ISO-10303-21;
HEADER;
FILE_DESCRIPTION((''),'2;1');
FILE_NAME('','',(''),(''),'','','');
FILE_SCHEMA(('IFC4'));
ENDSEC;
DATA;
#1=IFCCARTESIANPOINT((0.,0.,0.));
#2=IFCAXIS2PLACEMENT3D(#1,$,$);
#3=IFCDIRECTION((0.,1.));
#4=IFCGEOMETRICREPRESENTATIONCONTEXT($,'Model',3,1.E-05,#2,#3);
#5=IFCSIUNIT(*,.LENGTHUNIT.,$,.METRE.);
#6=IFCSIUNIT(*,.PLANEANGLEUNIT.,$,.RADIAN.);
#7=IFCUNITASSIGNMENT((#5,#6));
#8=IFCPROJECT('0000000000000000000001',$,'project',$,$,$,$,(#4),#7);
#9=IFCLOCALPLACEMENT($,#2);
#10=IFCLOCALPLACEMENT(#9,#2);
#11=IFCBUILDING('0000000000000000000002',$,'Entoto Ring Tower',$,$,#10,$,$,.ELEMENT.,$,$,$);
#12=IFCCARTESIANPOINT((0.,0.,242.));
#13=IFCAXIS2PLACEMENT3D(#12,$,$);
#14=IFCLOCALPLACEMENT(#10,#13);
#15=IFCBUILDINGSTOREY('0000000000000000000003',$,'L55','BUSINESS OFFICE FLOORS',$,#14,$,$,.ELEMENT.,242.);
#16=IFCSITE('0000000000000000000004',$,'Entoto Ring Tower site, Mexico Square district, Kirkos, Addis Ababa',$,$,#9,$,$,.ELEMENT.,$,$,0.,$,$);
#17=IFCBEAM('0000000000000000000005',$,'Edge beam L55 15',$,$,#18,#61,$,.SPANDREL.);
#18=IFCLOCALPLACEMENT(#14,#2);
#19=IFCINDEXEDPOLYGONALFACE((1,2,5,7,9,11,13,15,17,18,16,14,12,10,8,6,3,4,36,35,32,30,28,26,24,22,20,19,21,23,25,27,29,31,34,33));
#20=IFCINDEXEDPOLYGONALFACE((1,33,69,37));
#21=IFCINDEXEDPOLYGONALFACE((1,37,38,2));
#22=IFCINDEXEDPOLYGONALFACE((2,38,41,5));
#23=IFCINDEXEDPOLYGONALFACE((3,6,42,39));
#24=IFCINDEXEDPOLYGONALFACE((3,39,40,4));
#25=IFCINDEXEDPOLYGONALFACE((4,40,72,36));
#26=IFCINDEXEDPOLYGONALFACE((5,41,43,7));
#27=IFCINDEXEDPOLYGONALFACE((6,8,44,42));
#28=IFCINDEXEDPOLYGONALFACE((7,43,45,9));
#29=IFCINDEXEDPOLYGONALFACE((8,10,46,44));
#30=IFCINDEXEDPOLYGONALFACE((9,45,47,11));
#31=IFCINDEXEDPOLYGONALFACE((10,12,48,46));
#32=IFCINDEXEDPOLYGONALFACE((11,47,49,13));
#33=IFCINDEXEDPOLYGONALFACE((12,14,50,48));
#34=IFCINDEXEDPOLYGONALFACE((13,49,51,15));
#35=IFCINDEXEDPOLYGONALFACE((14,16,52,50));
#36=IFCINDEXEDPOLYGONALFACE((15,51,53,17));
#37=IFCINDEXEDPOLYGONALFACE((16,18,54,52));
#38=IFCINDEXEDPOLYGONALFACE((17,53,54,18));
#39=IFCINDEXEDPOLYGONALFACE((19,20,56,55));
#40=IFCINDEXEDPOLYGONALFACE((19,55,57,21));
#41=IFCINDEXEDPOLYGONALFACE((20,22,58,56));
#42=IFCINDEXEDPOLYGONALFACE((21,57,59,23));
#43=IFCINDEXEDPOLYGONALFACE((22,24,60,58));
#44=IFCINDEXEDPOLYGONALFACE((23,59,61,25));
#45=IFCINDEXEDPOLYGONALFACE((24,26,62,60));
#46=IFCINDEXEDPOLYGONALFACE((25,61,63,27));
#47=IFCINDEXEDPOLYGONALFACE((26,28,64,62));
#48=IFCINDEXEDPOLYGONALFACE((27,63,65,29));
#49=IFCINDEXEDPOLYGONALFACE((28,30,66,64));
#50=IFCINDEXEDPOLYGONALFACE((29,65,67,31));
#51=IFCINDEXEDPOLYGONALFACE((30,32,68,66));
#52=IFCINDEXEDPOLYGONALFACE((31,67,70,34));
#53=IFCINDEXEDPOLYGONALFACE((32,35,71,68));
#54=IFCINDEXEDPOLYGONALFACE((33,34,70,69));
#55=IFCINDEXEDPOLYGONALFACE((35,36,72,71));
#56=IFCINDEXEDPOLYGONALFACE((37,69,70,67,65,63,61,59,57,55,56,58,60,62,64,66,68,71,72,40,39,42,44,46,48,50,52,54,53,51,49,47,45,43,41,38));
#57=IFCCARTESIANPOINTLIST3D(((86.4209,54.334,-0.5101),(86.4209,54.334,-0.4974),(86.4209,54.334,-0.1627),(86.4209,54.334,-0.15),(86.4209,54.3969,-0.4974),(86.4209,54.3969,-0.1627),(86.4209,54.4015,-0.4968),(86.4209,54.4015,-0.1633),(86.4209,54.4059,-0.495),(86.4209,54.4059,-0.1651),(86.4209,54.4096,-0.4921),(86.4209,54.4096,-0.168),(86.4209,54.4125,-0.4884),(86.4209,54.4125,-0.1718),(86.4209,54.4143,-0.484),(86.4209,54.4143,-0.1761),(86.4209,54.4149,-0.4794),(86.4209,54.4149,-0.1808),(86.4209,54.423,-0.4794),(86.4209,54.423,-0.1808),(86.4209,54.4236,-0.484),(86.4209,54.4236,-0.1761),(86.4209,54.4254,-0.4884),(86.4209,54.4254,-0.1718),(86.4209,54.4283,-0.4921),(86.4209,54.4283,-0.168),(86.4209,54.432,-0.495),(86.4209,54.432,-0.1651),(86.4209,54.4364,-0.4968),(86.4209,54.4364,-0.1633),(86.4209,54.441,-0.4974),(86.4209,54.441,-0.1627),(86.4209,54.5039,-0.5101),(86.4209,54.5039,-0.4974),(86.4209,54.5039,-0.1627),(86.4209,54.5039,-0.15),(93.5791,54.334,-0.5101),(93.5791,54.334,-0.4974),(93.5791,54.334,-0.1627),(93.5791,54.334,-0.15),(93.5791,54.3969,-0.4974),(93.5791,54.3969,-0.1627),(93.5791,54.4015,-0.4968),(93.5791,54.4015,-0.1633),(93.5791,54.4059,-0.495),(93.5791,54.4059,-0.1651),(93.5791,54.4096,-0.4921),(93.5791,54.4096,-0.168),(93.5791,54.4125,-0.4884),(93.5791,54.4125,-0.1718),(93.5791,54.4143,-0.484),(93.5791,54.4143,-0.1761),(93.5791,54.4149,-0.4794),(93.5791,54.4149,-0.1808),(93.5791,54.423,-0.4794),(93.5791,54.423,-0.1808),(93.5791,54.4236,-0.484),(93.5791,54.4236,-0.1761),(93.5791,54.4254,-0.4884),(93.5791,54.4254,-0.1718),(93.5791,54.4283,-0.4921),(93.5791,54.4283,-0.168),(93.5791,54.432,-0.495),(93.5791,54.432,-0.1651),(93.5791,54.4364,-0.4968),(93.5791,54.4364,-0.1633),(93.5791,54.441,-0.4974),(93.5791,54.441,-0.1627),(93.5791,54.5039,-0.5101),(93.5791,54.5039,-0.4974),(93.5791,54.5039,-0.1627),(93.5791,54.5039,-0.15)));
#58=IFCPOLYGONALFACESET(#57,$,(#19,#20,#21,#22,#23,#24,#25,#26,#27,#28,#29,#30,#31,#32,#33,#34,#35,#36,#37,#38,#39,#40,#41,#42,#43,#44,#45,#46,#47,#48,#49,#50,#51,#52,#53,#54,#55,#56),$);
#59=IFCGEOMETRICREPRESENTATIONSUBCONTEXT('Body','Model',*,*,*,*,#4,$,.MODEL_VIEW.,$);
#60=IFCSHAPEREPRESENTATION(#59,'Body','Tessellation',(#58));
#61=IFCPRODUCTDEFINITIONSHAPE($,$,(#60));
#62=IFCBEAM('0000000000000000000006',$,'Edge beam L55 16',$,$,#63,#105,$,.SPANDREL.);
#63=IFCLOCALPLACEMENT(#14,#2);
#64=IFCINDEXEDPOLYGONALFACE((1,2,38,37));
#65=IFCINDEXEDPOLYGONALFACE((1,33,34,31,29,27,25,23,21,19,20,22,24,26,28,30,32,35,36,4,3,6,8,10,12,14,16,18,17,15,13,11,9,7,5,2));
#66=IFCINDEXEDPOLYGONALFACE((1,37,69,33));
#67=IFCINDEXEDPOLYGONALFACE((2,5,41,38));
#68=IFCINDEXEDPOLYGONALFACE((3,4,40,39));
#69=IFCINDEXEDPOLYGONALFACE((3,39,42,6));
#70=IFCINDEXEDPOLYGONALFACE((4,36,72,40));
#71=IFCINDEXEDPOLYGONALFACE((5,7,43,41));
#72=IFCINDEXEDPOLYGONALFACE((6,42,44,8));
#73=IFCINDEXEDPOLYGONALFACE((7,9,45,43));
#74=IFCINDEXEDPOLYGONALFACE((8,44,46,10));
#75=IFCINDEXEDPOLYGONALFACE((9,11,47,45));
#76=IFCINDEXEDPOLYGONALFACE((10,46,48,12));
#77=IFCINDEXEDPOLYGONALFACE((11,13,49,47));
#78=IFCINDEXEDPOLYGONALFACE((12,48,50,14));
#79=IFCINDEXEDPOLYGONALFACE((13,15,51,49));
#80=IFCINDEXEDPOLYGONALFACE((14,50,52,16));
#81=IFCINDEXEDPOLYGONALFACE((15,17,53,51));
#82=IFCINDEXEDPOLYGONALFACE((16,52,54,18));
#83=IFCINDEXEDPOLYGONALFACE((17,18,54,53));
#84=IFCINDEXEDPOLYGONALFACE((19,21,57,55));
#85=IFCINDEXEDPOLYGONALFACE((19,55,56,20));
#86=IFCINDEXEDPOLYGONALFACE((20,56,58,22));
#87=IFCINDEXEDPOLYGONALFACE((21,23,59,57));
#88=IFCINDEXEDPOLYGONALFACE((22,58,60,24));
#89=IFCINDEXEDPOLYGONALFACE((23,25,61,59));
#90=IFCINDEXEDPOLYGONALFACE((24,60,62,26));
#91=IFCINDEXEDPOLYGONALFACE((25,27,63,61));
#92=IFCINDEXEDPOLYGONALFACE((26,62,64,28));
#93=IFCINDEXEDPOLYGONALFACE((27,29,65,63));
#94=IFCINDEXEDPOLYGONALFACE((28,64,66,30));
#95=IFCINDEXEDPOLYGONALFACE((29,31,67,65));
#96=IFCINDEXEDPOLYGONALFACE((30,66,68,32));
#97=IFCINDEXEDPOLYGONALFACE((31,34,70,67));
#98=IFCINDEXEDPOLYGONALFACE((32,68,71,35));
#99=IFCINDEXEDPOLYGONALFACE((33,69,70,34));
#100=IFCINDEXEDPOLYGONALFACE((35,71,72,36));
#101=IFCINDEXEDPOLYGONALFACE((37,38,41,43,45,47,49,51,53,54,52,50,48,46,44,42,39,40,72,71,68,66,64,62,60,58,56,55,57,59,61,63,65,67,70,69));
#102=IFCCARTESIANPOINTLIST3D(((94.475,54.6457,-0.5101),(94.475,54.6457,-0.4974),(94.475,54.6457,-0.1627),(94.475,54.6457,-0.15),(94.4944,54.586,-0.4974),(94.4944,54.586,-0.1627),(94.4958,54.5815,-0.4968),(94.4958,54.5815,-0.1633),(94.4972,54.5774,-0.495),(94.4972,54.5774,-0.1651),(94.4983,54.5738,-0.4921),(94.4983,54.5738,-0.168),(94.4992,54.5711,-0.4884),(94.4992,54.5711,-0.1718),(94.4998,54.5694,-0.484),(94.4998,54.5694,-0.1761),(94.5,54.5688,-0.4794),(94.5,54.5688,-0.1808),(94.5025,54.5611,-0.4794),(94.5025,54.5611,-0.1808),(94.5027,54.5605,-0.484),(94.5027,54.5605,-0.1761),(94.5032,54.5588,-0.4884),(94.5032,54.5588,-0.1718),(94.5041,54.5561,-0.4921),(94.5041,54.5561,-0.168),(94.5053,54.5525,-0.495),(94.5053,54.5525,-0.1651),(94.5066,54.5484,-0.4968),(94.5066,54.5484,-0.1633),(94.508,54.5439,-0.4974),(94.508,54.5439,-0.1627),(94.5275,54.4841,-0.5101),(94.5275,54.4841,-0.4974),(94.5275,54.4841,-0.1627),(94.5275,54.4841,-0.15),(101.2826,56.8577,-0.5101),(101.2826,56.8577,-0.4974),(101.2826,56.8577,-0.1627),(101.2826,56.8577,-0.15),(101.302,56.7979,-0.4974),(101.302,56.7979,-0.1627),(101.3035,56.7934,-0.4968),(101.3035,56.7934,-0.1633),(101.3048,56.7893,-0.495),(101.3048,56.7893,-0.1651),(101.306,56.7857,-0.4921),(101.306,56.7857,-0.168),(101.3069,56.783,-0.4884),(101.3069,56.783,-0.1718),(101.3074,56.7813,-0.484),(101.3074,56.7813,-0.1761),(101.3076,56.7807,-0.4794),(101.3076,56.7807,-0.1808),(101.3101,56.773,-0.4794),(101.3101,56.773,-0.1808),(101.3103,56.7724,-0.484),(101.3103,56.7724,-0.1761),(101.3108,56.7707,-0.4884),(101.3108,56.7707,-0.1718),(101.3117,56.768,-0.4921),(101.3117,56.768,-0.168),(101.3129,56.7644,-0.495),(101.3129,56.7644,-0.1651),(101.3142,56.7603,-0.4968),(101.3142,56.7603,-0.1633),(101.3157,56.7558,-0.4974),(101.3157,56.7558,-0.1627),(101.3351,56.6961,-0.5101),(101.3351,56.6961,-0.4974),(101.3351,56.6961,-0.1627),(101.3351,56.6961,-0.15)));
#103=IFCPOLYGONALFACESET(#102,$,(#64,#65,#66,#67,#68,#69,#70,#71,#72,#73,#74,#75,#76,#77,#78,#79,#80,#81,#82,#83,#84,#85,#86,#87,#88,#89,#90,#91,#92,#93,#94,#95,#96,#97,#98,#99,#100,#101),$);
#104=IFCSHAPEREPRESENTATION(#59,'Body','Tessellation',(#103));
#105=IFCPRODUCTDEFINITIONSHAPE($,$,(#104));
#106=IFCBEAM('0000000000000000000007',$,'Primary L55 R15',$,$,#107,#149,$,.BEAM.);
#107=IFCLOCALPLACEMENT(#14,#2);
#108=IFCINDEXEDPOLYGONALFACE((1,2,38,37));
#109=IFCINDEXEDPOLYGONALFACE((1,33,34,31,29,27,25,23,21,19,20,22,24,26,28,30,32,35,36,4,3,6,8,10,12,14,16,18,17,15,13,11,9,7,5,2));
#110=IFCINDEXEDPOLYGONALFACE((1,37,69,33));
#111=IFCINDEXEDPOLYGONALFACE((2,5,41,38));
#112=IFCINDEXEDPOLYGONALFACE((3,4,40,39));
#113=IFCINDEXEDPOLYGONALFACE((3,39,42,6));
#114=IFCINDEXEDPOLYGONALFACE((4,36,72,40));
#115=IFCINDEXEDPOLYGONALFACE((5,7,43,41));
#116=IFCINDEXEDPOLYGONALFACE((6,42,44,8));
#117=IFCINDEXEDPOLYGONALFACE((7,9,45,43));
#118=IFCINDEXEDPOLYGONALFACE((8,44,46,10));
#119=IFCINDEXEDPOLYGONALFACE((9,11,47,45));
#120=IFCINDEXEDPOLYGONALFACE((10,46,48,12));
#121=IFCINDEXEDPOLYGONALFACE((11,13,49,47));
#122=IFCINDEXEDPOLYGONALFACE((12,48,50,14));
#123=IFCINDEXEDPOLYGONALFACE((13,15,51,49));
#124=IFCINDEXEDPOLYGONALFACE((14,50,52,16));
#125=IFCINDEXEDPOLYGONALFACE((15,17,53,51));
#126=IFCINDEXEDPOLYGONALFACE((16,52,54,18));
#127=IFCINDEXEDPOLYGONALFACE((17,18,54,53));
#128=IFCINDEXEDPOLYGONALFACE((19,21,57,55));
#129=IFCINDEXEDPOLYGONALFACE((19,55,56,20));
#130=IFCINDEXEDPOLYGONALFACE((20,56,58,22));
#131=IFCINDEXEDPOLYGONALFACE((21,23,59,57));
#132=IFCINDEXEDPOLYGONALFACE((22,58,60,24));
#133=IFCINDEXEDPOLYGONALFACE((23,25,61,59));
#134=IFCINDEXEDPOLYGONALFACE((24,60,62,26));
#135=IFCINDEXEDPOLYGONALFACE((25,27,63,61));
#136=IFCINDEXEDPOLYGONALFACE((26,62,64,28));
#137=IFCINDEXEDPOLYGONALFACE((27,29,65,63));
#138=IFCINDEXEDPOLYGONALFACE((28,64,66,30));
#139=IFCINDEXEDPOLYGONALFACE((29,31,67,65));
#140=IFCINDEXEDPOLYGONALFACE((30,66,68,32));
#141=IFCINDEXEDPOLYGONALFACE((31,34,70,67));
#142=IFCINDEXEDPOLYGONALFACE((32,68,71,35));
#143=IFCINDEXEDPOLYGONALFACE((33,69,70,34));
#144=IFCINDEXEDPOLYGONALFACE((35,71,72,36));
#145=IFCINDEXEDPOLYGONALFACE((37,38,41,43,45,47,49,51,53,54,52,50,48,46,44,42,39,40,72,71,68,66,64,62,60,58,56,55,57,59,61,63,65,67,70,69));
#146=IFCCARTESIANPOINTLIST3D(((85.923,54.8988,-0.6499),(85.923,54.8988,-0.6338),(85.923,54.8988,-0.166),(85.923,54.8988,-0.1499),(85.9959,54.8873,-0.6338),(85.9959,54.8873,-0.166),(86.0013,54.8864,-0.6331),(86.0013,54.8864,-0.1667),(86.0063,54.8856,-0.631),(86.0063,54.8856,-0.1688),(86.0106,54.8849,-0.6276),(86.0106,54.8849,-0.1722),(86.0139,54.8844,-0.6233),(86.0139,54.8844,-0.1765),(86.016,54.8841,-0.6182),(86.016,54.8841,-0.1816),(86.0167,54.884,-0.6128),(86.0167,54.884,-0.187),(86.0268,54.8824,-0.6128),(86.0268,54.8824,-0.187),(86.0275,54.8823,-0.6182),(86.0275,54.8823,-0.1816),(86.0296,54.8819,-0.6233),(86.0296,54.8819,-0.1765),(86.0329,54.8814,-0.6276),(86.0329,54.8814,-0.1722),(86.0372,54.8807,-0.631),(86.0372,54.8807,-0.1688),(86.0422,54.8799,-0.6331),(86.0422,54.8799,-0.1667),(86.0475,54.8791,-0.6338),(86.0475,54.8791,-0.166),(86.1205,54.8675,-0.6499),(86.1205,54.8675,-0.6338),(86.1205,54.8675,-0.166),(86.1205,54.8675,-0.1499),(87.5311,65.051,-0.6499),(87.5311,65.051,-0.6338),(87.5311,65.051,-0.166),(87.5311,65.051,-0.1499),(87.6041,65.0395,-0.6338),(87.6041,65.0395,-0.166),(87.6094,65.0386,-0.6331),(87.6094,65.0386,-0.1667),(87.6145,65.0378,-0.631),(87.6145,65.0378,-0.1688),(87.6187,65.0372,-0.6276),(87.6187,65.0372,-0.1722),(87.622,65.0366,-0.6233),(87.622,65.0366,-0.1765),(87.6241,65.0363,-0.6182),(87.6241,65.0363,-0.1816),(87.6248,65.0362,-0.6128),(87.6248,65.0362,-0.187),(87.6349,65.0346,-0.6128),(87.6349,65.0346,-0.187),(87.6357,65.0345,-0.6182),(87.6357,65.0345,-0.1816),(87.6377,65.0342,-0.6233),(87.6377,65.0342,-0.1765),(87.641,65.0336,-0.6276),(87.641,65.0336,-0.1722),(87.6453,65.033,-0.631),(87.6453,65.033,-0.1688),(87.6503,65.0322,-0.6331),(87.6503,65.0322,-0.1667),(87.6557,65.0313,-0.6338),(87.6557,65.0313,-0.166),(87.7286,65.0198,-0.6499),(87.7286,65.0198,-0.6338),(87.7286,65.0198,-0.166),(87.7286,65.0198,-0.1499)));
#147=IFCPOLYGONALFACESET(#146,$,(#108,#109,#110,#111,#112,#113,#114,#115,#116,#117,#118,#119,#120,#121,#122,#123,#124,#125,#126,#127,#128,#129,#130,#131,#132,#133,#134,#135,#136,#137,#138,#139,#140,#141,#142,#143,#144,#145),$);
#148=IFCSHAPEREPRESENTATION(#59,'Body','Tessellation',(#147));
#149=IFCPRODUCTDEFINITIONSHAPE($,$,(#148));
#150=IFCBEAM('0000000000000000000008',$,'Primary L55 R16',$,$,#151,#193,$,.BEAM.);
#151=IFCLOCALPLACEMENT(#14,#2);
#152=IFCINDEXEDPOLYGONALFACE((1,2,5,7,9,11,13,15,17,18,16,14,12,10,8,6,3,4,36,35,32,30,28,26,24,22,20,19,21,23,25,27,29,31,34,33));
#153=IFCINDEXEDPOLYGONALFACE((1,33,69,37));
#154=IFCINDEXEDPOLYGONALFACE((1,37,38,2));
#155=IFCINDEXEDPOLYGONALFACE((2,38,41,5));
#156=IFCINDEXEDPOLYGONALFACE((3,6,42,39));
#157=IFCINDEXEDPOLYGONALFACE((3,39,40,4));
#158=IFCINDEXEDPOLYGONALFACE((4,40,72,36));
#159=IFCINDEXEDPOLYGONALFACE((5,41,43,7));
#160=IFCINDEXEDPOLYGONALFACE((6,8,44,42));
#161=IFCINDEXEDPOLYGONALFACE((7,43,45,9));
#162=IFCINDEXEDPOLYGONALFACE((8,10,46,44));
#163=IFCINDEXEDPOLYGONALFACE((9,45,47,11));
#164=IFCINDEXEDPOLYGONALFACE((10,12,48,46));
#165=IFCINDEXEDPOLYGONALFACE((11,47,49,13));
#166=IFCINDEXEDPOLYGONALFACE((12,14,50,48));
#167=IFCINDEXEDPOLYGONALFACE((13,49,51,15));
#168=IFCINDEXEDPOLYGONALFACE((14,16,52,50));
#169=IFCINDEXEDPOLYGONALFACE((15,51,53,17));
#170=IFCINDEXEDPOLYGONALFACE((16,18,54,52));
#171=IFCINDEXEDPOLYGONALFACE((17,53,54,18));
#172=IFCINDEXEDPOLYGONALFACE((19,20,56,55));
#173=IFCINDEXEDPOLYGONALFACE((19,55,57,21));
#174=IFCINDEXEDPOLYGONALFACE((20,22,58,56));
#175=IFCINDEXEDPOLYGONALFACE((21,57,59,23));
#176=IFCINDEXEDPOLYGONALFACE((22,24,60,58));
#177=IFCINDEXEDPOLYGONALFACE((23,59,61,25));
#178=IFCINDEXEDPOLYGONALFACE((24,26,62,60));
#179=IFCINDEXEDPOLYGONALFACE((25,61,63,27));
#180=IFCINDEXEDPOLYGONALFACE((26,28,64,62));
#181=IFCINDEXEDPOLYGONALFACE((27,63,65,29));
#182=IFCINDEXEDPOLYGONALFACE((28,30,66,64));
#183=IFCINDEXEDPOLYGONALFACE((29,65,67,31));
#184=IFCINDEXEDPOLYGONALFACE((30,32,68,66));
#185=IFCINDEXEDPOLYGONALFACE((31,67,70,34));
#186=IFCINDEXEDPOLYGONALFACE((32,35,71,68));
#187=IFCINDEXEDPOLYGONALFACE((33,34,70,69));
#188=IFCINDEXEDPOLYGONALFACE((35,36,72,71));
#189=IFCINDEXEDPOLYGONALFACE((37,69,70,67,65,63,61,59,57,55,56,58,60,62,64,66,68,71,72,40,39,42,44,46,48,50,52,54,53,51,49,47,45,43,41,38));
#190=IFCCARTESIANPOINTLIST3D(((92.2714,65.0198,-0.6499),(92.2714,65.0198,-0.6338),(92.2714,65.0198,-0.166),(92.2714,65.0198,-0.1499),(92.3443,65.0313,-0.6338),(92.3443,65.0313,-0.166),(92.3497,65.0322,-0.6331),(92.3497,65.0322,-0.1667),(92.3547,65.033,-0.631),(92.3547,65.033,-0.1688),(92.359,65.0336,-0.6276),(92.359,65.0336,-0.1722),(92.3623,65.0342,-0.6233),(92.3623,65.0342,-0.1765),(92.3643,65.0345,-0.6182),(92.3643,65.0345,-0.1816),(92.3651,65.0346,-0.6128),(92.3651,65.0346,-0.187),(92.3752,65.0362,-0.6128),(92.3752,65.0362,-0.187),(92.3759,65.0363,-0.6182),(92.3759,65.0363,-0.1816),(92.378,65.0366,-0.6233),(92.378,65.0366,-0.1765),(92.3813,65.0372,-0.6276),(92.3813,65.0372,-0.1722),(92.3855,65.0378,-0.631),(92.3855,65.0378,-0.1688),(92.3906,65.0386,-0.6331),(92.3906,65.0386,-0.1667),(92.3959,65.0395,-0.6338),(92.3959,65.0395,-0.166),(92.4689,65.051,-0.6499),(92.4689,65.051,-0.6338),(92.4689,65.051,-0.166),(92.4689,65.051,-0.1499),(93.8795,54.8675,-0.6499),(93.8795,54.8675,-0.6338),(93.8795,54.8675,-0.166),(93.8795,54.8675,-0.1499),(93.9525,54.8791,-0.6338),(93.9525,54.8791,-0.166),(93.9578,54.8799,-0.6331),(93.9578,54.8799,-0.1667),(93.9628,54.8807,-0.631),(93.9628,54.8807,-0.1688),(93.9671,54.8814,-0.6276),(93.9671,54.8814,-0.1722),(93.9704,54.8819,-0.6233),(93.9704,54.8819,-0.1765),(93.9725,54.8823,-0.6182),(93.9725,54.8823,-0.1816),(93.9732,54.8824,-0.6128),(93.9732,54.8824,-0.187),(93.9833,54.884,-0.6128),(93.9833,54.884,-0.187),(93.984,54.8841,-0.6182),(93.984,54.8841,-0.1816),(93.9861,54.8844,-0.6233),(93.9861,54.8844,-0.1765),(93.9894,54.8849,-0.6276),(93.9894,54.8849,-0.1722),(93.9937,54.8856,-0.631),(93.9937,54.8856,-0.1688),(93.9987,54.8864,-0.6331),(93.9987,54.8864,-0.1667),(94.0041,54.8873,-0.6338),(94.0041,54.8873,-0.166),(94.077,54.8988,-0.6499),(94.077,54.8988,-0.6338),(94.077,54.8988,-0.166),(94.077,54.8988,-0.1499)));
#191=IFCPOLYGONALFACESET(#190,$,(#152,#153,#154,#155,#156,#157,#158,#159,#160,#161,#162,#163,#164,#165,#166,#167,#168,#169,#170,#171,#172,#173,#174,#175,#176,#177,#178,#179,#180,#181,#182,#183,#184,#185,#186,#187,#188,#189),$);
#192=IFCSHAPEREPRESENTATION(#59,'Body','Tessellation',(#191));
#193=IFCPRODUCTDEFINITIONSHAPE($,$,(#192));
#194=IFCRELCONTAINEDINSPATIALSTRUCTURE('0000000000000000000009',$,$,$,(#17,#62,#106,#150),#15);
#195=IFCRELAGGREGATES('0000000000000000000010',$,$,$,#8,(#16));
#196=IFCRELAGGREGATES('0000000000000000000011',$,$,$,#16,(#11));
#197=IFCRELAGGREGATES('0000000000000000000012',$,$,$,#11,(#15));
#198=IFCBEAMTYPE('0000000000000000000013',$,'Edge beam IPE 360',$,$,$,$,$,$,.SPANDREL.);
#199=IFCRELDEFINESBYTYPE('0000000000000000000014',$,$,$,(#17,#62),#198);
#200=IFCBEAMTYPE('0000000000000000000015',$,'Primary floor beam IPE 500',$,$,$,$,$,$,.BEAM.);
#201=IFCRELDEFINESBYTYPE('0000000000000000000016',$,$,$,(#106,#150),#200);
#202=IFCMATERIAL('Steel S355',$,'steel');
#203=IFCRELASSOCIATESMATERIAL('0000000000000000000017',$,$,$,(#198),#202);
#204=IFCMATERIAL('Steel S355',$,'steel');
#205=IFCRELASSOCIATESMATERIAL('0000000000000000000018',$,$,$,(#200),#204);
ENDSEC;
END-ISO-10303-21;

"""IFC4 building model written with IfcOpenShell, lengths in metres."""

from ifc_helpers import new_model, si_unit, direction, frame, origin, origin_2d, place, context, subcontext, project, spatial, i_section, extrude, material, material_profile, profile_set, type_object, element, save


model = new_model("IFC4")

# Units and contexts
model_context = context("Model", 3, precision=1e-05, world=origin(), true_north=direction((0.0, 1.0)))
body_context = subcontext(model_context, "Body", "Model", "MODEL_VIEW")
ifc_project = project(units=[si_unit("LENGTHUNIT", "METRE"), si_unit("PLANEANGLEUNIT", "RADIAN")], contexts=[model_context])

# Site, building, storey
site_placement = place(None, origin())
site = spatial("IfcSite", under=ifc_project, at=site_placement, Name="Entoto Ring Tower site, Mexico Square district, Kirkos, Addis Ababa", CompositionType="ELEMENT", RefElevation=0.0)
building_placement = place(site_placement, origin())
building = spatial("IfcBuilding", under=site, at=building_placement, Name="Entoto Ring Tower", CompositionType="ELEMENT")
storey_placement = place(building_placement, frame((0.0, 0.0, 242.0)))
storey = spatial("IfcBuildingStorey", under=building, at=storey_placement, Name="L55", Description="BUSINESS OFFICE FLOORS", CompositionType="ELEMENT", Elevation=242.0)

# Beams
ifc_material_1 = material(Name="Steel S355", Category="steel")
ifc_material_profile_1 = material_profile(ifc_material_1, i_section(OverallWidth=0.1699, OverallDepth=0.3601, WebThickness=0.0081, FlangeThickness=0.0127, FilletRadius=0.0181, at=origin_2d()), Name="IPE 360")
ifc_profile_set_1 = profile_set([ifc_material_profile_1], Name="Steel S355")
beam_type_1 = type_object("IfcBeamType", Name="Edge beam IPE 360", PredefinedType="SPANDREL", material=ifc_profile_set_1)
beam_1_placement = place(storey_placement, frame((86.4209, 54.4189, -0.3301), z_axis=(1.0, 0.0, 0.0), x_axis=(0.0, 1.0, 0.0)))
element("IfcBeam", 1, at=beam_1_placement, inside=storey, type_object=beam_type_1, Name="Edge beam L55 15", PredefinedType="SPANDREL", context=body_context, shape_type="SweptSolid", body=[
    extrude(i_section(OverallWidth=0.1699, OverallDepth=0.3601, WebThickness=0.0081, FlangeThickness=0.0127, FilletRadius=0.0181, at=origin_2d()), origin(), (0.0, 0.0, 1.0), 7.1582),
])
beam_2_placement = place(storey_placement, frame((94.5012, 54.5649, -0.3301), z_axis=(0.951057, 0.309015, 0.0), x_axis=(-0.309015, 0.951057, 0.0)))
element("IfcBeam", 2, at=beam_2_placement, inside=storey, type_object=beam_type_1, Name="Edge beam L55 16", PredefinedType="SPANDREL", context=body_context, shape_type="SweptSolid", body=[
    extrude(i_section(OverallWidth=0.1699, OverallDepth=0.3601, WebThickness=0.0081, FlangeThickness=0.0127, FilletRadius=0.0181, at=origin_2d()), origin(), (0.0, 0.0, 1.0), 7.158),
])
ifc_material_2 = material(Name="Steel S355", Category="steel")
ifc_material_profile_2 = material_profile(ifc_material_2, i_section(OverallWidth=0.2, OverallDepth=0.5, WebThickness=0.0103, FlangeThickness=0.0161, FilletRadius=0.021, at=origin_2d()), Name="IPE 500")
ifc_profile_set_2 = profile_set([ifc_material_profile_2], Name="Steel S355")
beam_type_2 = type_object("IfcBeamType", Name="Primary floor beam IPE 500", PredefinedType="BEAM", material=ifc_profile_set_2)
for number, where, z_axis, x_axis, name in (
    (3, (87.6299, 65.0354, -0.3999), (-0.156452, -0.987686, 0.0), (0.987686, -0.156452, 0.0), "Primary L55 R15"),
    (4, (92.3701, 65.0354, -0.3999), (0.156452, -0.987686, 0.0), (0.987686, 0.156452, 0.0), "Primary L55 R16"),
):
    element("IfcBeam", number, at=place(storey_placement, frame(where, z_axis=z_axis, x_axis=x_axis)), inside=storey, type_object=beam_type_2, Name=name, PredefinedType="BEAM", context=body_context, shape_type="SweptSolid", body=[
        extrude(i_section(OverallWidth=0.2, OverallDepth=0.5, WebThickness=0.0103, FlangeThickness=0.0161, FilletRadius=0.021, at=origin_2d()), origin(), (0.0, 0.0, 1.0), 10.2788),
    ])

save(model, "model.ifc")
